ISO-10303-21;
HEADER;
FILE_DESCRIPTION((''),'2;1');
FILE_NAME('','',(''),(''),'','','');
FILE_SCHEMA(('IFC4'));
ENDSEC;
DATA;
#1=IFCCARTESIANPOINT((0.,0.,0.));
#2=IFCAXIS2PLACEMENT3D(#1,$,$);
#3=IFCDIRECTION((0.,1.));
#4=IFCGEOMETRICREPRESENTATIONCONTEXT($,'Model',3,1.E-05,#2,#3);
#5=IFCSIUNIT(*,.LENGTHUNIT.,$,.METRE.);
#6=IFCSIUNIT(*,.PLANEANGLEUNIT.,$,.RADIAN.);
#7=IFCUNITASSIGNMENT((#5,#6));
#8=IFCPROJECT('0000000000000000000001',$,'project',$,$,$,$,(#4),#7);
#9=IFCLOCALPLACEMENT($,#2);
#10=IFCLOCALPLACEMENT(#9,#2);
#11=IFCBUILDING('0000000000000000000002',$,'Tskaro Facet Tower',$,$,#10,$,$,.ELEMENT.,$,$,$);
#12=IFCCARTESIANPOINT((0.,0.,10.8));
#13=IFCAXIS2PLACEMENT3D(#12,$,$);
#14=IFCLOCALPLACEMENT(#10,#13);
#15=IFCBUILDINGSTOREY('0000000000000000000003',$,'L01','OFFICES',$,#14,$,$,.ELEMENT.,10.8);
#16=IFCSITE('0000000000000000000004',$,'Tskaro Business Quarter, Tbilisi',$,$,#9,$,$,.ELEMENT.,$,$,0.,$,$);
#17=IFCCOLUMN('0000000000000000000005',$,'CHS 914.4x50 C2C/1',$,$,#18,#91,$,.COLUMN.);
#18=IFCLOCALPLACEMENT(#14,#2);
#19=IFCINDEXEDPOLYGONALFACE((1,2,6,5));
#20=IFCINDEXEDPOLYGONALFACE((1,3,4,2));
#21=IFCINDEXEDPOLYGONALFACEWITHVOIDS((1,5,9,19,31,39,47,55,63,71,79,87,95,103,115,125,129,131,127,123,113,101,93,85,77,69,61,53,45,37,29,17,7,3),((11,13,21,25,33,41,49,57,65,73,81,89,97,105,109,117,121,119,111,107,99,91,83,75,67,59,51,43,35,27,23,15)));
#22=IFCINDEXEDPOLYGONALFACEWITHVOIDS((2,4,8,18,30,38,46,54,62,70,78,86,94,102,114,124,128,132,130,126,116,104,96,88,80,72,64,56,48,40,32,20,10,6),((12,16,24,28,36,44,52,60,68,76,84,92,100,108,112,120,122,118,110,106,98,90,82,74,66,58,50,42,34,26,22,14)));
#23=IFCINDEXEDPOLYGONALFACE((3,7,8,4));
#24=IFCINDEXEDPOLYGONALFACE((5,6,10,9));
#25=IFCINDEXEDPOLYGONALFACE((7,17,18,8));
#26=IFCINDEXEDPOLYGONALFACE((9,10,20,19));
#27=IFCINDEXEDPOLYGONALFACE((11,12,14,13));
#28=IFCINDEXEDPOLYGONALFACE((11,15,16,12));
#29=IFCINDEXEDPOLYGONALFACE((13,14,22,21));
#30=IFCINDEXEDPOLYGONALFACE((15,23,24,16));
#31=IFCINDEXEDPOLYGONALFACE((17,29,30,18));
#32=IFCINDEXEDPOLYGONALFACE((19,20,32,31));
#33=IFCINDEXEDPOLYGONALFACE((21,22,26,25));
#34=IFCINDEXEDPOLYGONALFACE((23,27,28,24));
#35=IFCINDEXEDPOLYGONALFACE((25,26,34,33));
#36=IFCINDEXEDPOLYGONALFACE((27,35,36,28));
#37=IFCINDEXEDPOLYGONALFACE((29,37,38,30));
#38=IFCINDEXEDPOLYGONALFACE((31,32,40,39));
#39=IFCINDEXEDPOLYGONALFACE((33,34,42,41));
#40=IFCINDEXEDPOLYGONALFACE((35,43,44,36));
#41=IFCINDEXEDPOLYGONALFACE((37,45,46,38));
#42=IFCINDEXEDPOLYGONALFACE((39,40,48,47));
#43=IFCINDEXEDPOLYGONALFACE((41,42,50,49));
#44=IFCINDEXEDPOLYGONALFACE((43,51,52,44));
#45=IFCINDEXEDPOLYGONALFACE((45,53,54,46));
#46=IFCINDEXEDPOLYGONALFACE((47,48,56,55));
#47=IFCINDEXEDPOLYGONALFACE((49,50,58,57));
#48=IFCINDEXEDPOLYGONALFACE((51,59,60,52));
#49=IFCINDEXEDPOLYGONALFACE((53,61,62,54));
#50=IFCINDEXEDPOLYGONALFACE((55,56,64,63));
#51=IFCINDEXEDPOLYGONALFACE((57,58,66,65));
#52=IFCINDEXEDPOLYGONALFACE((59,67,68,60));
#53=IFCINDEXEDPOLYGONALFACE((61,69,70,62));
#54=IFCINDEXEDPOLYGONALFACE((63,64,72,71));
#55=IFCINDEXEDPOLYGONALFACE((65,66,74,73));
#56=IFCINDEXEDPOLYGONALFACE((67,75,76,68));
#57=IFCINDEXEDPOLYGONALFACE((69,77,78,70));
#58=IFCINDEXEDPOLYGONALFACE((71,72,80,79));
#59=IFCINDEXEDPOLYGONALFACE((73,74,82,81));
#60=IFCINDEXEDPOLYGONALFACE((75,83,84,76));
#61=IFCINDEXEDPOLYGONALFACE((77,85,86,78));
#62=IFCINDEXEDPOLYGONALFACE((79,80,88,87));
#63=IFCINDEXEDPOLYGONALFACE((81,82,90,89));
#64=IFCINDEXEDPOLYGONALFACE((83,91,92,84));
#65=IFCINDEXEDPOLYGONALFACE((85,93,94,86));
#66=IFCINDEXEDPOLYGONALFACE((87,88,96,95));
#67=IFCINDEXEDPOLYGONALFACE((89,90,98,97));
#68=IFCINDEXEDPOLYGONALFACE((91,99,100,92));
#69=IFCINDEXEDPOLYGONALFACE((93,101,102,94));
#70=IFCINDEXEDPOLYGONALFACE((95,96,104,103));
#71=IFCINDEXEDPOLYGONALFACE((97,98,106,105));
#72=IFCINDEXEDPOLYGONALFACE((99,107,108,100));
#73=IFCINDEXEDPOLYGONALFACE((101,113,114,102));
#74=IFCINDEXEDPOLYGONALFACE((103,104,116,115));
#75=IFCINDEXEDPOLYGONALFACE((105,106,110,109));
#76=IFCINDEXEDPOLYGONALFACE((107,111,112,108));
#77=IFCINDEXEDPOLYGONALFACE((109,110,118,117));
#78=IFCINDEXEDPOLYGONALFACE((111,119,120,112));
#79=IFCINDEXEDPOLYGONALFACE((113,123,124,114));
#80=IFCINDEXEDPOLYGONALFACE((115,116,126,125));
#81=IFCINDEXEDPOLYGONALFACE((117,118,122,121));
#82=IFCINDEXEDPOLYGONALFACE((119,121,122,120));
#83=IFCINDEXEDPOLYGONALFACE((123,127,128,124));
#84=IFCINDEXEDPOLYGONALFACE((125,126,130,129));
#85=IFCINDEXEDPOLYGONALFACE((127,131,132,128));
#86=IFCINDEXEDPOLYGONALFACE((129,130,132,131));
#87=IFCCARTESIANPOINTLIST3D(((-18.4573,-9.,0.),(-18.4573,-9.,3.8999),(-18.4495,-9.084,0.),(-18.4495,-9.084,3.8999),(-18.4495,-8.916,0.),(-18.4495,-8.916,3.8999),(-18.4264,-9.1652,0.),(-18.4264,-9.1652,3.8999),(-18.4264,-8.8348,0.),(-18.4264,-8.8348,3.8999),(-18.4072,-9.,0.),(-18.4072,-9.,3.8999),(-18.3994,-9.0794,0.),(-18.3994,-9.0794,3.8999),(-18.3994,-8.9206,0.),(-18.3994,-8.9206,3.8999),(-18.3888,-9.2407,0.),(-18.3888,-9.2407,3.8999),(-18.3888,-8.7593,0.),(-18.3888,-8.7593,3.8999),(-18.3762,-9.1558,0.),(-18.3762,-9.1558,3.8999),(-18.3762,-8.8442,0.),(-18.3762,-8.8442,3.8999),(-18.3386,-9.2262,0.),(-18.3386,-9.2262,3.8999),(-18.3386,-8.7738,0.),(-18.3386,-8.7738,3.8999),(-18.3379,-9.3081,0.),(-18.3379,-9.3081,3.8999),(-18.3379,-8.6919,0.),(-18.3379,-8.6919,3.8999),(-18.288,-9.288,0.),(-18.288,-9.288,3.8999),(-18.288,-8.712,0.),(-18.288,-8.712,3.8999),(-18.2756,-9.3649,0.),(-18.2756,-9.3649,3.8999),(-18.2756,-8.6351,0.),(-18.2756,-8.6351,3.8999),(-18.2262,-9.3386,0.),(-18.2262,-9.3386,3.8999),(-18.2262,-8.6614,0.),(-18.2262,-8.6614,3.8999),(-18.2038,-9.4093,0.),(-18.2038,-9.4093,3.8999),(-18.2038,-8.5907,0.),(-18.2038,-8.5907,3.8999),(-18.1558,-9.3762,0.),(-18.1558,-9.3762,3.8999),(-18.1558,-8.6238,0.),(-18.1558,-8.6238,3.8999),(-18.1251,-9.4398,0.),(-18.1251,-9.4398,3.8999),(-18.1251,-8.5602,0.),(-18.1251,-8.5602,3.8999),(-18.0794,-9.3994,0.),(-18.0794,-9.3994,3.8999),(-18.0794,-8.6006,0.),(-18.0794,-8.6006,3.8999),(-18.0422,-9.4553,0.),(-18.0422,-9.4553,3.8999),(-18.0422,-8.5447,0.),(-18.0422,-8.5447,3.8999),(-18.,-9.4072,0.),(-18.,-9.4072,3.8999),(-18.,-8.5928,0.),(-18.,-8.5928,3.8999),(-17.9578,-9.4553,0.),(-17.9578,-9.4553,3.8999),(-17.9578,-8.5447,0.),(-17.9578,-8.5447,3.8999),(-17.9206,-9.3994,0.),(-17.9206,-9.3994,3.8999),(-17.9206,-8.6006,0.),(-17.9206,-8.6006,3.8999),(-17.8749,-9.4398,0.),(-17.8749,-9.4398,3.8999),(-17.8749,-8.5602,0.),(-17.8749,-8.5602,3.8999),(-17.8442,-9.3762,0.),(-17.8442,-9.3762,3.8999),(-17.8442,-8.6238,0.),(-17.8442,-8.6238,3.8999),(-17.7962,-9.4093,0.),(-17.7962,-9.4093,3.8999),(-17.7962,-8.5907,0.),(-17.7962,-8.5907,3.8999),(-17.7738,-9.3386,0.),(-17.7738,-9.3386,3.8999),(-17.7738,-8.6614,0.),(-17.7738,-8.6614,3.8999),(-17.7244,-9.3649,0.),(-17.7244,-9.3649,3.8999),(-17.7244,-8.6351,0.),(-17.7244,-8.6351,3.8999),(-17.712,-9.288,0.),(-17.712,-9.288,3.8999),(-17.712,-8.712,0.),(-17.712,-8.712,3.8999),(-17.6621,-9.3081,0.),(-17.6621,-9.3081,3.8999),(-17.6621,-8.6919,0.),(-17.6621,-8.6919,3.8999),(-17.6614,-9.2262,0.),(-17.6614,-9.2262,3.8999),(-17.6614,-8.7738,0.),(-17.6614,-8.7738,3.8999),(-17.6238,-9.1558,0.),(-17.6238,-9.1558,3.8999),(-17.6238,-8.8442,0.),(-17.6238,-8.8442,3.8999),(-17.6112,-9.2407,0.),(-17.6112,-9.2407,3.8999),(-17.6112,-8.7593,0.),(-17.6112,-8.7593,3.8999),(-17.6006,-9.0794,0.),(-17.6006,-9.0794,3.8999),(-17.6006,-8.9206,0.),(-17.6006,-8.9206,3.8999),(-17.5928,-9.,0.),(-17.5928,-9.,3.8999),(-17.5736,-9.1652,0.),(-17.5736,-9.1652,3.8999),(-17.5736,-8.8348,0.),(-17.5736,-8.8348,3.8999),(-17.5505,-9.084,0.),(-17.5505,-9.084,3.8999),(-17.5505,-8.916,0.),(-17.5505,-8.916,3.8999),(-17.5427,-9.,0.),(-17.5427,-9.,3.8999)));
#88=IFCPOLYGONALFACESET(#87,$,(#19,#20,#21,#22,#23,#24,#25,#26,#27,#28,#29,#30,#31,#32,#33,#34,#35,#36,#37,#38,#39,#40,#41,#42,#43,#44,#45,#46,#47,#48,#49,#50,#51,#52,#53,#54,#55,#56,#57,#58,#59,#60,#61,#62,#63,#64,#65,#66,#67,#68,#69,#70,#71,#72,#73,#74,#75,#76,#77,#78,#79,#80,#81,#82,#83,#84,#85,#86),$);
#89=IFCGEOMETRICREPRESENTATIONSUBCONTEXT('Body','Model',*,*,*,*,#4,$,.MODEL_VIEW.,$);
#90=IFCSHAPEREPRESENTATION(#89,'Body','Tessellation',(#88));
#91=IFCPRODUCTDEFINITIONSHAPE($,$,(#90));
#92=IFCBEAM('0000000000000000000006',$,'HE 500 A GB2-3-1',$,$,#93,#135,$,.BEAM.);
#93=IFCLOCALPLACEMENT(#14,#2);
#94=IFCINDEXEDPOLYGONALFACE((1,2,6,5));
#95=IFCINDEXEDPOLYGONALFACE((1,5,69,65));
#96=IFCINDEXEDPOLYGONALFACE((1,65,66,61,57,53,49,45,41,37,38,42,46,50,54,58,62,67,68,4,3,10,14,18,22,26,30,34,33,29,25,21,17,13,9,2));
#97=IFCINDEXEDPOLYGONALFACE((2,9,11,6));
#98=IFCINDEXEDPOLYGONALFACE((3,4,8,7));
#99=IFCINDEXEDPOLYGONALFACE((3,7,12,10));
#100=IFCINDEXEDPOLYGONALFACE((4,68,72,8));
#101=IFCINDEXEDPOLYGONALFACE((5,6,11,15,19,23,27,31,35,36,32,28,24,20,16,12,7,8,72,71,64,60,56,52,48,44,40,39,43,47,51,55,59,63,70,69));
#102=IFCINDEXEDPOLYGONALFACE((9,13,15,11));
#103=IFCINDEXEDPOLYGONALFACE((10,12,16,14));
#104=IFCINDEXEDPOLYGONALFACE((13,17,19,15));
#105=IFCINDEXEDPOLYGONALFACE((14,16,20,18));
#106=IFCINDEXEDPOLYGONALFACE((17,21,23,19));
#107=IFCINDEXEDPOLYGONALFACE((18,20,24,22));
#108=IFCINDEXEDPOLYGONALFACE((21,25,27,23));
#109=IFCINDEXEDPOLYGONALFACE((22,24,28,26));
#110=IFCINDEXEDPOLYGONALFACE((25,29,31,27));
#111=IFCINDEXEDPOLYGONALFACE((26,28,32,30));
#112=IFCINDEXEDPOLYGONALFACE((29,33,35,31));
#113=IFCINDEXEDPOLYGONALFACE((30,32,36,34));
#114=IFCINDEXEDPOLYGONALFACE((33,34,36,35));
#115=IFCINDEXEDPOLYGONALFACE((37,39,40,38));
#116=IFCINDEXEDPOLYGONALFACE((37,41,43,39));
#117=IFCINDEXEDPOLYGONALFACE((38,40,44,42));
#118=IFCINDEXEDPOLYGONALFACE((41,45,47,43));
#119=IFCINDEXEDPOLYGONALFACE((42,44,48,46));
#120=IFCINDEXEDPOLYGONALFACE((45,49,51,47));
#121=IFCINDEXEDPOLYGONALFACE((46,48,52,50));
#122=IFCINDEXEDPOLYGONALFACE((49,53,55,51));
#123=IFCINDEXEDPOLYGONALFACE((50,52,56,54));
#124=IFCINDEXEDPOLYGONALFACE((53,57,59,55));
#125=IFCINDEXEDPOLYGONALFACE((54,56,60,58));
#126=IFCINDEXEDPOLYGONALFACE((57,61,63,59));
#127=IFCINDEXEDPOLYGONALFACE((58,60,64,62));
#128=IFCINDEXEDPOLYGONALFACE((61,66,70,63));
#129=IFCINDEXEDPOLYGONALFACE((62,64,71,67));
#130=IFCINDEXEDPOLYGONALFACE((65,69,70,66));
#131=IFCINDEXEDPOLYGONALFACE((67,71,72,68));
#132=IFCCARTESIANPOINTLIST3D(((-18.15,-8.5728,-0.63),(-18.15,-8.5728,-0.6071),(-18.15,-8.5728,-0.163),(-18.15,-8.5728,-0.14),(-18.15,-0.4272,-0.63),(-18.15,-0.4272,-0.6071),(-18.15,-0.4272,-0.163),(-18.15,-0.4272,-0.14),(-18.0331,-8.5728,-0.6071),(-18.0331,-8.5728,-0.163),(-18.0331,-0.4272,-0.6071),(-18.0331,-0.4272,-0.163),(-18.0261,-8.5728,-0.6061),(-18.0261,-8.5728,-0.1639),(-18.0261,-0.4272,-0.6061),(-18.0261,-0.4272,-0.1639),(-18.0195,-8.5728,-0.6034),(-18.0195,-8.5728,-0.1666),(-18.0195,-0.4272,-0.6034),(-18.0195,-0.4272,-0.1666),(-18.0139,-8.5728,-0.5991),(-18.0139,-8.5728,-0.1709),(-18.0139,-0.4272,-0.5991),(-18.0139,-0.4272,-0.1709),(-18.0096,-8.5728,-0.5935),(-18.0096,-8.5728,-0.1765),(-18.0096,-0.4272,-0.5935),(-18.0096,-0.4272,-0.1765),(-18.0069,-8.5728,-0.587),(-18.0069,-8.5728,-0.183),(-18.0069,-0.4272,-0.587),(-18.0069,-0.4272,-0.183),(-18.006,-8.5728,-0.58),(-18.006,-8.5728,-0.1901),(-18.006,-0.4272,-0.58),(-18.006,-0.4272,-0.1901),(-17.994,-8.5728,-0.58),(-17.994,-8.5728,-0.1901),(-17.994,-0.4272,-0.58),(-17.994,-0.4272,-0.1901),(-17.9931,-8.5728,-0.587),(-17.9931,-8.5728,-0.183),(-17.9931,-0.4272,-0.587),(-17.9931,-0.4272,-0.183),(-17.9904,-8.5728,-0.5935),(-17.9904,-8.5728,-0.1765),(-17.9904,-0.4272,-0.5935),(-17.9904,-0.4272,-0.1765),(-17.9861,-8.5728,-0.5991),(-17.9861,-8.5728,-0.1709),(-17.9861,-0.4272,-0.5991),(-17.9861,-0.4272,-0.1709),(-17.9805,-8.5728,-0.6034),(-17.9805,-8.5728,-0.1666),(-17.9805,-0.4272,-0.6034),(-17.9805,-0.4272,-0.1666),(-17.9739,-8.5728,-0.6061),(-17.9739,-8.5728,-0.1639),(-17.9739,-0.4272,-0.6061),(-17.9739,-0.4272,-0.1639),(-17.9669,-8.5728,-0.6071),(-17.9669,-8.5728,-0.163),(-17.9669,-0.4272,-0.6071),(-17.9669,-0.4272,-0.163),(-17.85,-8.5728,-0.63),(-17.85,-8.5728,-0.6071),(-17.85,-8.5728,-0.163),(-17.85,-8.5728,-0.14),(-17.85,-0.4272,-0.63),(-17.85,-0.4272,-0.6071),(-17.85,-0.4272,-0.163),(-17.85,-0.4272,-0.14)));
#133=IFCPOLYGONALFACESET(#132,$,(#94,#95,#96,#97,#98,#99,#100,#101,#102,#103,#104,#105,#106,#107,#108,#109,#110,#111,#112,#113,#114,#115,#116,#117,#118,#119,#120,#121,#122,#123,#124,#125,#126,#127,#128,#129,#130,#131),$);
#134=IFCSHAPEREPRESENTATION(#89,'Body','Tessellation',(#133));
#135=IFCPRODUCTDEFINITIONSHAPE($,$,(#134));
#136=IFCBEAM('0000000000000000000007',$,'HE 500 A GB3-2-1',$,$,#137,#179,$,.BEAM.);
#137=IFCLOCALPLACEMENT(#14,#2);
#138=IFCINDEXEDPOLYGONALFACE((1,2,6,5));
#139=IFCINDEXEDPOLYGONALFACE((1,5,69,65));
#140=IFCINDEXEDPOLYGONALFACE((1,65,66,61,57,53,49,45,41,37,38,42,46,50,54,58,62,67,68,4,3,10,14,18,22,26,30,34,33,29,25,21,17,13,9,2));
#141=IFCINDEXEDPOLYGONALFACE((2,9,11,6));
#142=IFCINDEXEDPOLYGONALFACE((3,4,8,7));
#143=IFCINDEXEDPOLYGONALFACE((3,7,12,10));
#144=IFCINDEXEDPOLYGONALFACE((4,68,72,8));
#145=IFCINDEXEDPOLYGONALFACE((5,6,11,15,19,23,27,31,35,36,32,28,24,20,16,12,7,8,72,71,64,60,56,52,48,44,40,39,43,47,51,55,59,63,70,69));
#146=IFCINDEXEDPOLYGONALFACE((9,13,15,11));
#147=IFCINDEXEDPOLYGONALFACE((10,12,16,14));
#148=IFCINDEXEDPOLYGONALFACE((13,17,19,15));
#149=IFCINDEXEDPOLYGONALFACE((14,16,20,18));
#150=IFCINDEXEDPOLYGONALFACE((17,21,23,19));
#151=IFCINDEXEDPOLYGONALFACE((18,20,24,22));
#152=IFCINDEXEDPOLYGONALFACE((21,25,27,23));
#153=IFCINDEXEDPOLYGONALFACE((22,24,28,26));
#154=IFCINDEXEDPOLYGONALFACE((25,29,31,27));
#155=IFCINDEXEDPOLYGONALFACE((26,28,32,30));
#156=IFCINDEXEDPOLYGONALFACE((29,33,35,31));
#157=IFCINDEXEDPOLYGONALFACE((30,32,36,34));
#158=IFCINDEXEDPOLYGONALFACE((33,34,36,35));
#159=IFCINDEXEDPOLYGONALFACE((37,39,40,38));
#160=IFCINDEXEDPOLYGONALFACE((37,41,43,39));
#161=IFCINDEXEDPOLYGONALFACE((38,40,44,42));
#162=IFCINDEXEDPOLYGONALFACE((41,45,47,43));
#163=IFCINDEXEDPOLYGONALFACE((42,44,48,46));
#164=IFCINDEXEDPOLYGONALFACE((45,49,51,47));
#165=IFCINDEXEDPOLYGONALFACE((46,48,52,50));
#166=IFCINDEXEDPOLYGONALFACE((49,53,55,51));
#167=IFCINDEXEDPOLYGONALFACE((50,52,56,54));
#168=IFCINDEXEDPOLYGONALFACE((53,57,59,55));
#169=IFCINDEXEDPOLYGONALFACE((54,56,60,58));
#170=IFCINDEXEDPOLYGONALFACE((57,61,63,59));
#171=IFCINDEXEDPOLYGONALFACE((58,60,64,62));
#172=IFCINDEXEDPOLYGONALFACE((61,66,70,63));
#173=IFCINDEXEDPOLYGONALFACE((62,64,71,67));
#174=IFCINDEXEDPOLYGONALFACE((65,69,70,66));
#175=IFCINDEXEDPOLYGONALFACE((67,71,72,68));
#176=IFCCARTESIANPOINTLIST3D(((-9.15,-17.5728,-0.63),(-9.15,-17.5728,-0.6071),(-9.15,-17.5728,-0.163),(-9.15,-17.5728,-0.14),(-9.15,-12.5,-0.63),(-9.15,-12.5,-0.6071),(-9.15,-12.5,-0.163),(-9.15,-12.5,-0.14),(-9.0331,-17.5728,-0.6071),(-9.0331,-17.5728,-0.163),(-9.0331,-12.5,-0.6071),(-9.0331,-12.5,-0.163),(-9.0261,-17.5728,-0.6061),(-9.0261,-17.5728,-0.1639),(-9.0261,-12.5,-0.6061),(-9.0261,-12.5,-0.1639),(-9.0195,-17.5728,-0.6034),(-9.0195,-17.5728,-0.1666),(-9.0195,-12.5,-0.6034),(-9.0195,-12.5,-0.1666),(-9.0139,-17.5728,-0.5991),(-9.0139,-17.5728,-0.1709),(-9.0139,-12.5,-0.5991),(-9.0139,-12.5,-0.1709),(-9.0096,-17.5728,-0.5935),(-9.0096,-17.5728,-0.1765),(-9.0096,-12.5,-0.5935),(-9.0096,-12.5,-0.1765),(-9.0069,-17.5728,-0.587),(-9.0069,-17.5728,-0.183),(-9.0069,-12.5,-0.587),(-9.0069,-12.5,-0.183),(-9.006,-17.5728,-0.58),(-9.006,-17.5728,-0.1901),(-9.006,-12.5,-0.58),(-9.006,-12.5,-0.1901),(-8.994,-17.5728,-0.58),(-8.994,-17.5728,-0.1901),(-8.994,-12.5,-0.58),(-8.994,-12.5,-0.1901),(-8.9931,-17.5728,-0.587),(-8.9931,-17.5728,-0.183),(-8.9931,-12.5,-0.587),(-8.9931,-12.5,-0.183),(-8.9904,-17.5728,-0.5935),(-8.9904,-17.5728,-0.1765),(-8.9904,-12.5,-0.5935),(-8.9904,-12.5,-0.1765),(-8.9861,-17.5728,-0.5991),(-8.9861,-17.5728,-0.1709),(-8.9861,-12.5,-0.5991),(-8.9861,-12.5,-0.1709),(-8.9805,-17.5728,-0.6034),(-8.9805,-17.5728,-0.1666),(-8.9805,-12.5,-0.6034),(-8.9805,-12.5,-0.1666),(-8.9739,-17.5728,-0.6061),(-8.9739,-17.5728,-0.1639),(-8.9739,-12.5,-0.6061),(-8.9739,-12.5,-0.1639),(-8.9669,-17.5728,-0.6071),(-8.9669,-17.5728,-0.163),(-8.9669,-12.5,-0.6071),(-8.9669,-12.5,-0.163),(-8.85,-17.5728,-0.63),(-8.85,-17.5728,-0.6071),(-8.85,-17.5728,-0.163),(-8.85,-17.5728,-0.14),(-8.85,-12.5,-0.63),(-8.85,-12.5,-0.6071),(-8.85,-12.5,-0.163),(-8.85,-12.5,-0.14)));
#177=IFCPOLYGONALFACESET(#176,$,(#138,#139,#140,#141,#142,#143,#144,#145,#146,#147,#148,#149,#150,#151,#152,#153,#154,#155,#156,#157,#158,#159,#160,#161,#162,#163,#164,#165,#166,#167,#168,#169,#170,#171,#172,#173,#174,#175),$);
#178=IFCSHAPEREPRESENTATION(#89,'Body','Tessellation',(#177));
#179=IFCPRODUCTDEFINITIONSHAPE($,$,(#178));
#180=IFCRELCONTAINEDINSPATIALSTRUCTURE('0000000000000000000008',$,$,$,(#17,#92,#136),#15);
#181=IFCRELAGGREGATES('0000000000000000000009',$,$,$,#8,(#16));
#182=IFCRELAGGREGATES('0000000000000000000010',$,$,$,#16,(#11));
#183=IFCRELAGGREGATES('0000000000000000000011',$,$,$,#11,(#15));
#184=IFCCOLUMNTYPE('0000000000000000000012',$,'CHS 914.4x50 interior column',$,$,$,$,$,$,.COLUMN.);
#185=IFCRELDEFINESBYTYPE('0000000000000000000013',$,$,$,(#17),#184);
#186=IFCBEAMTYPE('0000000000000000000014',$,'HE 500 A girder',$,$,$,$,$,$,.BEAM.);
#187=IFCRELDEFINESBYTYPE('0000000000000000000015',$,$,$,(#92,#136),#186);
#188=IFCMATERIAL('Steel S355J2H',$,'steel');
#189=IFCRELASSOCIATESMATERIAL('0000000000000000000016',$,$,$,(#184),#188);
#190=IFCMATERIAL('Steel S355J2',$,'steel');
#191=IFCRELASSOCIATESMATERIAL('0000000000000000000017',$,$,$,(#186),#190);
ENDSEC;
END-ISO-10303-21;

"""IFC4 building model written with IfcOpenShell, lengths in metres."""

from ifc_helpers import new_model, si_unit, direction, frame, origin, origin_2d, place, context, subcontext, project, spatial, hollow_circle, i_section, extrude, material, material_profile, profile_set, type_object, element, save


model = new_model("IFC4")

# Units and contexts
model_context = context("Model", 3, precision=1e-05, world=origin(), true_north=direction((0.0, 1.0)))
body_context = subcontext(model_context, "Body", "Model", "MODEL_VIEW")
ifc_project = project(units=[si_unit("LENGTHUNIT", "METRE"), si_unit("PLANEANGLEUNIT", "RADIAN")], contexts=[model_context])

# Site, building, storey
site_placement = place(None, origin())
site = spatial("IfcSite", under=ifc_project, at=site_placement, Name="Tskaro Business Quarter, Tbilisi", CompositionType="ELEMENT", RefElevation=0.0)
building_placement = place(site_placement, origin())
building = spatial("IfcBuilding", under=site, at=building_placement, Name="Tskaro Facet Tower", CompositionType="ELEMENT")
storey_placement = place(building_placement, frame((0.0, 0.0, 10.8)))
storey = spatial("IfcBuildingStorey", under=building, at=storey_placement, Name="L01", Description="OFFICES", CompositionType="ELEMENT", Elevation=10.8)

# Column
ifc_material_1 = material(Name="Steel S355J2H", Category="steel")
ifc_material_profile_1 = material_profile(ifc_material_1, hollow_circle(Radius=0.4573, WallThickness=0.05, at=origin_2d()), Name="CHS 914.4x50")
ifc_profile_set_1 = profile_set([ifc_material_profile_1], Name="Steel S355J2H")
column_type = type_object("IfcColumnType", Name="CHS 914.4x50 interior column", PredefinedType="COLUMN", material=ifc_profile_set_1)
column_placement = place(storey_placement, frame((-18.0, -9.0, 0.0), z_axis=(0.0, 0.0, 1.0), x_axis=(1.0, 0.0, 0.0)))
element("IfcColumn", 1, at=column_placement, inside=storey, type_object=column_type, Name="CHS 914.4x50 C2C/1", PredefinedType="COLUMN", context=body_context, shape_type="SweptSolid", body=[
    extrude(hollow_circle(Radius=0.4573, WallThickness=0.05, at=origin_2d()), origin(), (0.0, 0.0, 1.0), 3.8999),
])

# Beams
ifc_material_2 = material(Name="Steel S355J2", Category="steel")
ifc_material_profile_2 = material_profile(ifc_material_2, i_section(OverallWidth=0.3, OverallDepth=0.49, WebThickness=0.012, FlangeThickness=0.0229, FilletRadius=0.0271, at=origin_2d()), Name="HE 500 A")
ifc_profile_set_2 = profile_set([ifc_material_profile_2], Name="Steel S355J2")
beam_type_1 = type_object("IfcBeamType", Name="HE 500 A girder", PredefinedType="BEAM", material=ifc_profile_set_2)
beam_1_placement = place(storey_placement, frame((-18.0, -8.5728, -0.385), z_axis=(0.0, 1.0, 0.0), x_axis=(-1.0, 0.0, 0.0)))
element("IfcBeam", 2, at=beam_1_placement, inside=storey, type_object=beam_type_1, Name="HE 500 A GB2-3-1", PredefinedType="BEAM", context=body_context, shape_type="SweptSolid", body=[
    extrude(i_section(OverallWidth=0.3, OverallDepth=0.49, WebThickness=0.012, FlangeThickness=0.0229, FilletRadius=0.0271, at=origin_2d()), origin(), (0.0, 0.0, 1.0), 8.1455),
])
beam_2_placement = place(storey_placement, frame((-9.0, -17.5728, -0.385), z_axis=(0.0, 1.0, 0.0), x_axis=(-1.0, 0.0, 0.0)))
element("IfcBeam", 3, at=beam_2_placement, inside=storey, type_object=beam_type_1, Name="HE 500 A GB3-2-1", PredefinedType="BEAM", context=body_context, shape_type="SweptSolid", body=[
    extrude(i_section(OverallWidth=0.3, OverallDepth=0.49, WebThickness=0.012, FlangeThickness=0.0229, FilletRadius=0.0271, at=origin_2d()), origin(), (0.0, 0.0, 1.0), 5.0728),
])

save(model, "model.ifc")
